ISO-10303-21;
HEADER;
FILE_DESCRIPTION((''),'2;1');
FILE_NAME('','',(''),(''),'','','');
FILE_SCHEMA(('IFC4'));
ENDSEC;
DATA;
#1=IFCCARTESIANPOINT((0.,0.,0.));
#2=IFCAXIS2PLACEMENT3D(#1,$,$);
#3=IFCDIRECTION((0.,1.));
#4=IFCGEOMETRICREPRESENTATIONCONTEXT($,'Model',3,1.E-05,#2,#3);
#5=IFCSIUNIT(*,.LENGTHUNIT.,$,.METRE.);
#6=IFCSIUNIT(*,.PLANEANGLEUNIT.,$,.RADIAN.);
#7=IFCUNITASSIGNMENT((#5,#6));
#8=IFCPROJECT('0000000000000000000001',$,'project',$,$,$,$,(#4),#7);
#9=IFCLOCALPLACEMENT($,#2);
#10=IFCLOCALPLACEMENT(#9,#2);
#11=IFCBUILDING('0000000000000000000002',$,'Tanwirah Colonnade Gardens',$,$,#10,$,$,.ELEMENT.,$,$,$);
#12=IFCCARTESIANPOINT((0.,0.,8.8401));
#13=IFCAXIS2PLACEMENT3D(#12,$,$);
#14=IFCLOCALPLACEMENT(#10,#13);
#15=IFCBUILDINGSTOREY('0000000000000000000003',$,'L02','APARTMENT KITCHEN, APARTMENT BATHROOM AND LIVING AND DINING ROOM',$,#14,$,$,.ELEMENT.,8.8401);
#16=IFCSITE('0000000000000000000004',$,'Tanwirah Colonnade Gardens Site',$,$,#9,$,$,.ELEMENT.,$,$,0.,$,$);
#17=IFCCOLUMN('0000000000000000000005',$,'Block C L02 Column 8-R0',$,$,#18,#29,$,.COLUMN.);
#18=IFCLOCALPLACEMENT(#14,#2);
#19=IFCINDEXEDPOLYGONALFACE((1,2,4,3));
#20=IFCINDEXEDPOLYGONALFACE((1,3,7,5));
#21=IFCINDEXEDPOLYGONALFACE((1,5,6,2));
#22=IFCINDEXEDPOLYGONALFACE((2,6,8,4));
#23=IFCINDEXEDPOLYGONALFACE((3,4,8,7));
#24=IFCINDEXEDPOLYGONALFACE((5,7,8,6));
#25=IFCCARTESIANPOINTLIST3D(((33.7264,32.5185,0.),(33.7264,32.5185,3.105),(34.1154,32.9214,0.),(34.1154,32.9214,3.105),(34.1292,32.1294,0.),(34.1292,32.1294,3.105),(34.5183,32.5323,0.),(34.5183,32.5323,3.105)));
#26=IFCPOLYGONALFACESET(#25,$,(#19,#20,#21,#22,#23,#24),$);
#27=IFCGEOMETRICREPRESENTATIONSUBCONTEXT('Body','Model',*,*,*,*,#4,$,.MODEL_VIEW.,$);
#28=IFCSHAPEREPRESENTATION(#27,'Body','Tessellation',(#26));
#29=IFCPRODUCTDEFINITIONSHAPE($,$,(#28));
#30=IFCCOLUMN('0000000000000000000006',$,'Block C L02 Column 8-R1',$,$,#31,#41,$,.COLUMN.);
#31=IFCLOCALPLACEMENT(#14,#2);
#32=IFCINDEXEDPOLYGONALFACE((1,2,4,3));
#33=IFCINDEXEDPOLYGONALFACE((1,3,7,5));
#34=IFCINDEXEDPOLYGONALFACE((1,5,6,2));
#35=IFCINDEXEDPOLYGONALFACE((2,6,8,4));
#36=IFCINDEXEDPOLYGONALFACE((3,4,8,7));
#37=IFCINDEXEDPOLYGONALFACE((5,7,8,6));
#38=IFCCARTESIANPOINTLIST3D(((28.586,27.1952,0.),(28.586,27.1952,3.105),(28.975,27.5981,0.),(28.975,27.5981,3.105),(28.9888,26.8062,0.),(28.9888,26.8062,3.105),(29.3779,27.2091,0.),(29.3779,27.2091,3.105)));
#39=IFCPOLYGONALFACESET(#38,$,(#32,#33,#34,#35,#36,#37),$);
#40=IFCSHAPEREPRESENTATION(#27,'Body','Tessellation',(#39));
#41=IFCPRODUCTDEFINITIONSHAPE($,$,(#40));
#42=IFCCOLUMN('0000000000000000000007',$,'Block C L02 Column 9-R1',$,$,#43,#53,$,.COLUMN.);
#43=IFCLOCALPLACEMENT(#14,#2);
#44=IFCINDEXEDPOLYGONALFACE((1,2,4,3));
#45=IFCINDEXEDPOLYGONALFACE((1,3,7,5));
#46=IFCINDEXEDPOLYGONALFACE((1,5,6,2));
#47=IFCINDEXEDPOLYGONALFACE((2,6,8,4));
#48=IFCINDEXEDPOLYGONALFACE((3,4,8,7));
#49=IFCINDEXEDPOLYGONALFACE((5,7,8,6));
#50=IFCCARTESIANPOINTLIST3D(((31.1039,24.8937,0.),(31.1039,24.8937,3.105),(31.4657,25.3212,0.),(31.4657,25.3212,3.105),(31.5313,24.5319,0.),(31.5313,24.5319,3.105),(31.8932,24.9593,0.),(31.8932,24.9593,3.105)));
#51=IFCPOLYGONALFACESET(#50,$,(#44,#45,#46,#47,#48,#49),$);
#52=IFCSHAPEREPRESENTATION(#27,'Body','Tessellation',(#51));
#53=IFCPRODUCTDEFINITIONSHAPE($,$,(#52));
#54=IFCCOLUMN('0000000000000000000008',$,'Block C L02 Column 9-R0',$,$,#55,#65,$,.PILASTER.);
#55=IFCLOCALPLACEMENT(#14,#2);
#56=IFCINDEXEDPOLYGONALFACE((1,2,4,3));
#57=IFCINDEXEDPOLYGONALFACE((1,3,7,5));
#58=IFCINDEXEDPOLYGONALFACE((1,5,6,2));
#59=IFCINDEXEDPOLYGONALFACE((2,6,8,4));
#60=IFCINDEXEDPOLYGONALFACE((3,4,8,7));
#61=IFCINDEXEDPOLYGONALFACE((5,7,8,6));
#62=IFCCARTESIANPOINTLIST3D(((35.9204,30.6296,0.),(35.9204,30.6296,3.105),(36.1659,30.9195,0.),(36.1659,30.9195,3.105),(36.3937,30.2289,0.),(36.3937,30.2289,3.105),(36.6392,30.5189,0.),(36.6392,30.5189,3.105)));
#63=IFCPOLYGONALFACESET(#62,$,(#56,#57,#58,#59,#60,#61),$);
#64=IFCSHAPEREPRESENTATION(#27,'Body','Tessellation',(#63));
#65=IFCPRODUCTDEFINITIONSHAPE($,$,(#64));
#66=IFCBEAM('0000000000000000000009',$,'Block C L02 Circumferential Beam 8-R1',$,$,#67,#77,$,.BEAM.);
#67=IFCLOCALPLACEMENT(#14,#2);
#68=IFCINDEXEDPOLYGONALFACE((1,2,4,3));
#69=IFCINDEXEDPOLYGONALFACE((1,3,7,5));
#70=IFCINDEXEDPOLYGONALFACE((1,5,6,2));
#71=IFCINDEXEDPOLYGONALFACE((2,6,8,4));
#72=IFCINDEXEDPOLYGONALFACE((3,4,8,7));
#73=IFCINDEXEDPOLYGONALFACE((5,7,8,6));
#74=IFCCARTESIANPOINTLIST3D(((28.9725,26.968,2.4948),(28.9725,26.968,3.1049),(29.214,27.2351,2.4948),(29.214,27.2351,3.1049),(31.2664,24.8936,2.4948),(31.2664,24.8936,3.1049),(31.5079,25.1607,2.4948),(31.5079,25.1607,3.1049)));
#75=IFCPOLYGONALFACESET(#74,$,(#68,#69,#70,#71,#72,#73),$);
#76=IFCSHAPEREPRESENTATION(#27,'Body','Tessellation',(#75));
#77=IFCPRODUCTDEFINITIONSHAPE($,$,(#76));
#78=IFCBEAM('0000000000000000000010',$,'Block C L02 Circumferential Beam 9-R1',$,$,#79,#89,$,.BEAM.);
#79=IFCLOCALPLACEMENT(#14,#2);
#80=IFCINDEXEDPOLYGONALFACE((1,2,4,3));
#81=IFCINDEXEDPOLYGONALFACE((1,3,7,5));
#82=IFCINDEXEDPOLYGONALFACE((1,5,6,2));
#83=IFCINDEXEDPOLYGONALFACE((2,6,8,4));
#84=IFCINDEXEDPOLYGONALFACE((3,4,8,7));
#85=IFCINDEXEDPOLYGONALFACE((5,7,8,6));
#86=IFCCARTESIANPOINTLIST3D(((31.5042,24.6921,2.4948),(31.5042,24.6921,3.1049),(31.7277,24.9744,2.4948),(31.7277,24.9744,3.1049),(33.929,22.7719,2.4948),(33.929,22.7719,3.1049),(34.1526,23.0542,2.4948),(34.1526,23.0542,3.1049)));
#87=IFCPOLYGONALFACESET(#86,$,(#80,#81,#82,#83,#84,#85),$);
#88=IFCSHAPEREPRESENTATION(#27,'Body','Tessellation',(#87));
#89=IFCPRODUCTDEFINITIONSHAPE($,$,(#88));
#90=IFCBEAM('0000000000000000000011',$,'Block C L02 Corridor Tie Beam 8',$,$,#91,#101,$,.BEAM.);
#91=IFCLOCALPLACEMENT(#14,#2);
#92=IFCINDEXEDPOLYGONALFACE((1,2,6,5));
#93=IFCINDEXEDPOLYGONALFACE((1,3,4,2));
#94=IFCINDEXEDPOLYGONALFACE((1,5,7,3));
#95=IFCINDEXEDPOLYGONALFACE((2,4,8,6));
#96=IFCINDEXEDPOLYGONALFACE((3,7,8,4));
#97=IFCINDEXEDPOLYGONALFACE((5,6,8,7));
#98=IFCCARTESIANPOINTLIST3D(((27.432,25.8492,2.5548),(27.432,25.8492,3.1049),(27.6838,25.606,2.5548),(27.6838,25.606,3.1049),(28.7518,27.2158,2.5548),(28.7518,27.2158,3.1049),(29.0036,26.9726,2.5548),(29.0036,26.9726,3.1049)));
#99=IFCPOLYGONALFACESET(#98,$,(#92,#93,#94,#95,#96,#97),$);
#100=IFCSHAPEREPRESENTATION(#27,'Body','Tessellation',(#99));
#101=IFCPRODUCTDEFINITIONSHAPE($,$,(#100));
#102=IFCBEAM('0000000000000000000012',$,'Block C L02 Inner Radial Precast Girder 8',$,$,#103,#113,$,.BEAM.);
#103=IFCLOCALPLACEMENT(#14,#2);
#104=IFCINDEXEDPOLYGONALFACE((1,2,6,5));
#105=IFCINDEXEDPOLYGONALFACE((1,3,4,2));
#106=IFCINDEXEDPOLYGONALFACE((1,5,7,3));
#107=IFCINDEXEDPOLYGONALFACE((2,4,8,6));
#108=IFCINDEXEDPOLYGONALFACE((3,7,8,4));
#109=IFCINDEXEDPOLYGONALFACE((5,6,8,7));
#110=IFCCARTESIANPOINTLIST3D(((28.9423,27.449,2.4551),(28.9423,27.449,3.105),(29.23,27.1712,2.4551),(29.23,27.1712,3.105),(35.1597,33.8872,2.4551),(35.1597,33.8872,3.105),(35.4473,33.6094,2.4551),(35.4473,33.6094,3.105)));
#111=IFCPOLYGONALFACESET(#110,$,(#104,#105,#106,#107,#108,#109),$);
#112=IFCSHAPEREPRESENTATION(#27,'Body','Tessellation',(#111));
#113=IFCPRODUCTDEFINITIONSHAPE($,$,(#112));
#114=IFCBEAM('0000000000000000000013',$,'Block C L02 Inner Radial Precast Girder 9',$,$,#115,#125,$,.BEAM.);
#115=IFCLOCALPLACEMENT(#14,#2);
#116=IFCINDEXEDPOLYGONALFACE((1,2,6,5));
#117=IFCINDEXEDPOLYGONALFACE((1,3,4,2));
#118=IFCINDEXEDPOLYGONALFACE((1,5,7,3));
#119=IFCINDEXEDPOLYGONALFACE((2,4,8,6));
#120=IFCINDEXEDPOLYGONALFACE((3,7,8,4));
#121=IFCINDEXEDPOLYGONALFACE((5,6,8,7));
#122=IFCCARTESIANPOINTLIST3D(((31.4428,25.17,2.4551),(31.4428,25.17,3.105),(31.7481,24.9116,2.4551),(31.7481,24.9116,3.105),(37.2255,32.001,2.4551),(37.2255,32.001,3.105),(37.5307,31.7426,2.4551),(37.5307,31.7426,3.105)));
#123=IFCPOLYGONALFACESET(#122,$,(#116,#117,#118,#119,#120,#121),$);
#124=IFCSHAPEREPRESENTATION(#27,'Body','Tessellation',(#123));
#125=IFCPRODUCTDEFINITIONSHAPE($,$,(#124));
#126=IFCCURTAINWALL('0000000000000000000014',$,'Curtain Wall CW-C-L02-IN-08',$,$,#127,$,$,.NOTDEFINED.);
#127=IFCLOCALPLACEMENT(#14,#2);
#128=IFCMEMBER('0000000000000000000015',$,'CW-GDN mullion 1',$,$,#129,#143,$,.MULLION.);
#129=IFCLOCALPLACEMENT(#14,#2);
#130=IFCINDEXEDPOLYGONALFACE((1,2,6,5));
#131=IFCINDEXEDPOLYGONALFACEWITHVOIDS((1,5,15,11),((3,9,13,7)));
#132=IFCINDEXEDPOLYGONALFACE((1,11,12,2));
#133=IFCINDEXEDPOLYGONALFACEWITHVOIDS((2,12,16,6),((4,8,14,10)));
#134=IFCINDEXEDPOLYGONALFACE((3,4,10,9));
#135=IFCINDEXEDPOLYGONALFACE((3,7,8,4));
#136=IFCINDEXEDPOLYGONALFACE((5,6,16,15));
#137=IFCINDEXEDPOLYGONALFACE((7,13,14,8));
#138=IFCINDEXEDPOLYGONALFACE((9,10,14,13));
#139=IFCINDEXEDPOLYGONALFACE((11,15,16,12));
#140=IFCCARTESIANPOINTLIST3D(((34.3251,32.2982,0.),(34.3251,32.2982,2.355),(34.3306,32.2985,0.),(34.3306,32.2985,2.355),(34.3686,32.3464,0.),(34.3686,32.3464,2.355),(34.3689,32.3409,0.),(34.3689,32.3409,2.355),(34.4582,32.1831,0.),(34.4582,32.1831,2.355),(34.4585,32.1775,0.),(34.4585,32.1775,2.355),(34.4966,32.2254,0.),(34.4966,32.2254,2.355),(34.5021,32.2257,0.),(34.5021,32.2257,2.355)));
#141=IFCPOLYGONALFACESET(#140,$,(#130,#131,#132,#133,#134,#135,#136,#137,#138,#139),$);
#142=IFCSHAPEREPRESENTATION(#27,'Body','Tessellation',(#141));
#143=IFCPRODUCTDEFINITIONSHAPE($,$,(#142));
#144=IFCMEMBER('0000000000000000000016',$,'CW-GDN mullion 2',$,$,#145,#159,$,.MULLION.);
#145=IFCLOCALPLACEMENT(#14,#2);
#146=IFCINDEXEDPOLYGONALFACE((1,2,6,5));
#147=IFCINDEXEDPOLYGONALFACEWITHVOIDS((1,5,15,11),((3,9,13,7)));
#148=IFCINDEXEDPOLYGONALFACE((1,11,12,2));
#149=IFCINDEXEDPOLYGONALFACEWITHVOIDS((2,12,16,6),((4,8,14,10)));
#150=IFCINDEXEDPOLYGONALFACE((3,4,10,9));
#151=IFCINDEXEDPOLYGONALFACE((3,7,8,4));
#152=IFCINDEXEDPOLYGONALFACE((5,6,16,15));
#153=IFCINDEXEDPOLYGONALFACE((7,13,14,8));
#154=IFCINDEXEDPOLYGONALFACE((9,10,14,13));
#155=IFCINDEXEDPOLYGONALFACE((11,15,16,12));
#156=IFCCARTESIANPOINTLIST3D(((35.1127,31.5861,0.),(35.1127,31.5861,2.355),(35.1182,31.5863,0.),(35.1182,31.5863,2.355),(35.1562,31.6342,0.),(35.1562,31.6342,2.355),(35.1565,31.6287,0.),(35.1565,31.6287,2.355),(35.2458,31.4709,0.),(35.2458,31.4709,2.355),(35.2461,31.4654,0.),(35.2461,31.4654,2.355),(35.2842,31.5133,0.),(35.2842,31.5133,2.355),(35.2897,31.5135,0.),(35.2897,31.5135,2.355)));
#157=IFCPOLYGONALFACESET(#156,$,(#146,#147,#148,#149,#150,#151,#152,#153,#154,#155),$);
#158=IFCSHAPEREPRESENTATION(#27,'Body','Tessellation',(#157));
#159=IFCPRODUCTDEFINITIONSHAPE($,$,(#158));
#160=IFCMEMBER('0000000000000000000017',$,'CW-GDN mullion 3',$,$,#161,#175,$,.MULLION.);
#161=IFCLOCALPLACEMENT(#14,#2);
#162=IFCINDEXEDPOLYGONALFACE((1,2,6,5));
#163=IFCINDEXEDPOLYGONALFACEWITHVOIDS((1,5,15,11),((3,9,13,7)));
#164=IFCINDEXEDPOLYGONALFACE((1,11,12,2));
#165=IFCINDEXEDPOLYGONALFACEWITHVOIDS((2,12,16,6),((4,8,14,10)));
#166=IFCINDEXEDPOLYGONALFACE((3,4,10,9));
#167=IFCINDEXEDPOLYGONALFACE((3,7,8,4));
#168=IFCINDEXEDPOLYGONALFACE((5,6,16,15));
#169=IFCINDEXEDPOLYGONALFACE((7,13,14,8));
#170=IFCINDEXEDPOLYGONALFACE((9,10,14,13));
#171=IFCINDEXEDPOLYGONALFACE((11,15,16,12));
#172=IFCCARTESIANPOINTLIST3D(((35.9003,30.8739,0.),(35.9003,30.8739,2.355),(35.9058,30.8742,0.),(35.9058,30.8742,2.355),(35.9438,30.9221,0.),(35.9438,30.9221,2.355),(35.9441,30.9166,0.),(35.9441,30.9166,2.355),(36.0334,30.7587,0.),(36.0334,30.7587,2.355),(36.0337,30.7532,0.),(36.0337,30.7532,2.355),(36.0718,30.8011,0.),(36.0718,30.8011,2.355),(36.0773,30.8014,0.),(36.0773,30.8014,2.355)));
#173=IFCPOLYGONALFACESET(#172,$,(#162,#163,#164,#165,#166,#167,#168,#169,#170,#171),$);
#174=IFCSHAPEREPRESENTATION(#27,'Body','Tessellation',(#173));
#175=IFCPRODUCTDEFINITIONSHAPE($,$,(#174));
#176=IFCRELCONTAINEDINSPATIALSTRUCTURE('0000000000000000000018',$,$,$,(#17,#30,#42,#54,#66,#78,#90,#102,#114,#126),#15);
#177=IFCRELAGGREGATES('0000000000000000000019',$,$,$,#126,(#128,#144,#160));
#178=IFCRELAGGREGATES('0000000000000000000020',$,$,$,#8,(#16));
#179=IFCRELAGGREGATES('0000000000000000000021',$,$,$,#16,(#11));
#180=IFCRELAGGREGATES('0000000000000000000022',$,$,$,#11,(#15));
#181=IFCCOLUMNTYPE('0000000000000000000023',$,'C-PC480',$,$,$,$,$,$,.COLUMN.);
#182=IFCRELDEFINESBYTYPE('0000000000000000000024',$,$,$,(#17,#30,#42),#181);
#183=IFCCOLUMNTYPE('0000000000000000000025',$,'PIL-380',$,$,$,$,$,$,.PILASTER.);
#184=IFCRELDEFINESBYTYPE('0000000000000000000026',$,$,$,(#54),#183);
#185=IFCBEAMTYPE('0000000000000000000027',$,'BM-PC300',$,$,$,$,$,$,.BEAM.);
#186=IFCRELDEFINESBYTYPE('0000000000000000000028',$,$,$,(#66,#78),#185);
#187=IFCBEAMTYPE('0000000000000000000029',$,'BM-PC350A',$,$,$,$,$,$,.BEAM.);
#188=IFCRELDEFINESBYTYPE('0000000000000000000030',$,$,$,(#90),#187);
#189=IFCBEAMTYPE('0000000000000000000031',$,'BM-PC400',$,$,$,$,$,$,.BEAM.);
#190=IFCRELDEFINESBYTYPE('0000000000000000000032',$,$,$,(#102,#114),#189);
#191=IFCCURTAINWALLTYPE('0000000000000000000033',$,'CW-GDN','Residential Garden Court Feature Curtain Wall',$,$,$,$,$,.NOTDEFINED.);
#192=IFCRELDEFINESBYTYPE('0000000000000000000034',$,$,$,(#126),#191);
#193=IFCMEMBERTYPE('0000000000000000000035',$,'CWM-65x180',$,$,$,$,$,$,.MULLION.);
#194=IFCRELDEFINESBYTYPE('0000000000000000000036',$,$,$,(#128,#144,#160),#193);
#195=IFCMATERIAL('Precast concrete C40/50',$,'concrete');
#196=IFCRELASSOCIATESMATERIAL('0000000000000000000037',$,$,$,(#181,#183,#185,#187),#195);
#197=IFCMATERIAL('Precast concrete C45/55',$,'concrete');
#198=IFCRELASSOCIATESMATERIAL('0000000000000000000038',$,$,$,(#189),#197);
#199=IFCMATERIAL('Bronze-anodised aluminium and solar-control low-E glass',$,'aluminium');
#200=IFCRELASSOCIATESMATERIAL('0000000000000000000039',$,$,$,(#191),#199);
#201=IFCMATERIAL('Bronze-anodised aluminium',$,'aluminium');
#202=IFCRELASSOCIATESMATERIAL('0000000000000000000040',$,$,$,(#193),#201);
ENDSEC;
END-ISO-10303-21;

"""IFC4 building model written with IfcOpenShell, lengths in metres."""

from ifc_helpers import new_model, si_unit, direction, frame, origin, origin_2d, place, context, subcontext, project, spatial, rectangle, hollow_rectangle, extrude, material, material_profile, profile_set, type_object, element, aggregate, save


model = new_model("IFC4")

# Units and contexts
model_context = context("Model", 3, precision=1e-05, world=origin(), true_north=direction((0.0, 1.0)))
body_context = subcontext(model_context, "Body", "Model", "MODEL_VIEW")
ifc_project = project(units=[si_unit("LENGTHUNIT", "METRE"), si_unit("PLANEANGLEUNIT", "RADIAN")], contexts=[model_context])

# Site, building, storey
site_placement = place(None, origin())
site = spatial("IfcSite", under=ifc_project, at=site_placement, Name="Tanwirah Colonnade Gardens Site", CompositionType="ELEMENT", RefElevation=0.0)
building_placement = place(site_placement, origin())
building = spatial("IfcBuilding", under=site, at=building_placement, Name="Tanwirah Colonnade Gardens", CompositionType="ELEMENT")
storey_placement = place(building_placement, frame((0.0, 0.0, 8.8401)))
storey = spatial("IfcBuildingStorey", under=building, at=storey_placement, Name="L02", Description="APARTMENT KITCHEN, APARTMENT BATHROOM AND LIVING AND DINING ROOM", CompositionType="ELEMENT", Elevation=8.8401)

# Columns
ifc_material_1 = material(Name="Precast concrete C40/50", Category="concrete")
ifc_material_profile_1 = material_profile(ifc_material_1, rectangle(XDim=0.5601, YDim=0.5601, at=origin_2d()), Name="PC-COL 560x560")
ifc_profile_set_1 = profile_set([ifc_material_profile_1], Name="Precast concrete C40/50")
column_type_1 = type_object("IfcColumnType", Name="C-PC480", PredefinedType="COLUMN", material=ifc_profile_set_1)
for number, where, z_axis, x_axis, name in (
    (1, (34.1223, 32.5254, 0.0), (0.0, 0.0, 1.0), (-0.694658, -0.71934, 0.0), "Block C L02 Column 8-R0"),
    (2, (28.9819, 27.2021, 0.0), (0.0, 0.0, 1.0), (-0.694658, -0.71934, 0.0), "Block C L02 Column 8-R1"),
    (3, (31.4985, 24.9265, 0.0), (0.0, 0.0, 1.0), (-0.646124, -0.763232, 0.0), "Block C L02 Column 9-R1"),
):
    element("IfcColumn", number, at=place(storey_placement, frame(where, z_axis=z_axis, x_axis=x_axis)), inside=storey, type_object=column_type_1, Name=name, PredefinedType="COLUMN", context=body_context, shape_type="SweptSolid", body=[
        extrude(rectangle(XDim=0.5601, YDim=0.5601, at=origin_2d()), origin(), (0.0, 0.0, 1.0), 3.105),
    ])
ifc_material_profile_2 = material_profile(ifc_material_1, rectangle(XDim=0.3799, YDim=0.6201, at=origin_2d()), Name="PC-PIL 380x620")
ifc_profile_set_2 = profile_set([ifc_material_profile_2], Name="Precast concrete C40/50")
column_type_2 = type_object("IfcColumnType", Name="PIL-380", PredefinedType="PILASTER", material=ifc_profile_set_2)
column_placement = place(storey_placement, frame((36.2798, 30.5742, 0.0), z_axis=(0.0, 0.0, 1.0), x_axis=(-0.646124, -0.763232, 0.0)))
element("IfcColumn", 4, at=column_placement, inside=storey, type_object=column_type_2, Name="Block C L02 Column 9-R0", PredefinedType="PILASTER", context=body_context, shape_type="SweptSolid", body=[
    extrude(rectangle(XDim=0.3799, YDim=0.6201, at=origin_2d()), origin(), (0.0, 0.0, 1.0), 3.105),
])

# Beams
ifc_material_profile_3 = material_profile(ifc_material_1, rectangle(XDim=0.3601, YDim=0.6101, at=origin_2d()), Name="PC-BM 360x610")
ifc_profile_set_3 = profile_set([ifc_material_profile_3], Name="Precast concrete C40/50")
beam_type_1 = type_object("IfcBeamType", Name="BM-PC300", PredefinedType="BEAM", material=ifc_profile_set_3)
beam_1_placement = place(storey_placement, frame((29.0933, 27.1016, 2.7998), z_axis=(0.741698, -0.670733, 0.0), x_axis=(0.670733, 0.741698, 0.0)))
element("IfcBeam", 5, at=beam_1_placement, inside=storey, type_object=beam_type_1, Name="Block C L02 Circumferential Beam 8-R1", PredefinedType="BEAM", context=body_context, shape_type="SweptSolid", body=[
    extrude(rectangle(XDim=0.3601, YDim=0.6101, at=origin_2d()), origin(), (0.0, 0.0, 1.0), 3.0928),
])
beam_2_placement = place(storey_placement, frame((31.616, 24.8333, 2.7998), z_axis=(0.783963, -0.620808, 0.0), x_axis=(0.620808, 0.783963, 0.0)))
element("IfcBeam", 6, at=beam_2_placement, inside=storey, type_object=beam_type_1, Name="Block C L02 Circumferential Beam 9-R1", PredefinedType="BEAM", context=body_context, shape_type="SweptSolid", body=[
    extrude(rectangle(XDim=0.3601, YDim=0.6101, at=origin_2d()), origin(), (0.0, 0.0, 1.0), 3.093),
])
ifc_material_profile_4 = material_profile(ifc_material_1, rectangle(XDim=0.3501, YDim=0.55, at=origin_2d()), Name="PC-BM 350x550")
ifc_profile_set_4 = profile_set([ifc_material_profile_4], Name="Precast concrete C40/50")
beam_type_2 = type_object("IfcBeamType", Name="BM-PC350A", PredefinedType="BEAM", material=ifc_profile_set_4)
beam_3_placement = place(storey_placement, frame((28.8777, 27.0942, 2.8298), z_axis=(-0.694663, -0.719335, 0.0), x_axis=(0.719335, -0.694663, 0.0)))
element("IfcBeam", 7, at=beam_3_placement, inside=storey, type_object=beam_type_2, Name="Block C L02 Corridor Tie Beam 8", PredefinedType="BEAM", context=body_context, shape_type="SweptSolid", body=[
    extrude(rectangle(XDim=0.3501, YDim=0.55, at=origin_2d()), origin(), (0.0, 0.0, 1.0), 1.8999),
])
ifc_material_2 = material(Name="Precast concrete C45/55", Category="concrete")
ifc_material_profile_5 = material_profile(ifc_material_2, rectangle(XDim=0.3999, YDim=0.6499, at=origin_2d()), Name="PC-BM 400x650")
ifc_profile_set_5 = profile_set([ifc_material_profile_5], Name="Precast concrete C45/55")
beam_type_3 = type_object("IfcBeamType", Name="BM-PC400", PredefinedType="BEAM", material=ifc_profile_set_5)
beam_4_placement = place(storey_placement, frame((29.0862, 27.3101, 2.78), z_axis=(0.694656, 0.719342, 0.0), x_axis=(-0.719342, 0.694656, 0.0)))
element("IfcBeam", 8, at=beam_4_placement, inside=storey, type_object=beam_type_3, Name="Block C L02 Inner Radial Precast Girder 8", PredefinedType="BEAM", context=body_context, shape_type="SweptSolid", body=[
    extrude(rectangle(XDim=0.3999, YDim=0.6499, at=origin_2d()), origin(), (0.0, 0.0, 1.0), 8.9502),
])
beam_5_placement = place(storey_placement, frame((31.5955, 25.0408, 2.78), z_axis=(0.646111, 0.763243, 0.0), x_axis=(-0.763243, 0.646111, 0.0)))
element("IfcBeam", 9, at=beam_5_placement, inside=storey, type_object=beam_type_3, Name="Block C L02 Inner Radial Precast Girder 9", PredefinedType="BEAM", context=body_context, shape_type="SweptSolid", body=[
    extrude(rectangle(XDim=0.3999, YDim=0.6499, at=origin_2d()), origin(), (0.0, 0.0, 1.0), 8.95),
])

# Curtain wall, members
ifc_material_3 = material(Name="Bronze-anodised aluminium and solar-control low-E glass", Category="aluminium")
curtain_wall_type = type_object("IfcCurtainWallType", Name="CW-GDN", Description="Residential Garden Court Feature Curtain Wall", PredefinedType="NOTDEFINED", material=ifc_material_3)
curtain_wall_placement = place(storey_placement, origin())
curtain_wall = element("IfcCurtainWall", 10, at=curtain_wall_placement, inside=storey, type_object=curtain_wall_type, Name="Curtain Wall CW-C-L02-IN-08", PredefinedType="NOTDEFINED")
ifc_material_4 = material(Name="Bronze-anodised aluminium", Category="aluminium")
ifc_material_profile_6 = material_profile(ifc_material_4, hollow_rectangle(XDim=0.0649, YDim=0.1799, WallThickness=0.0039, at=origin_2d()), Name="CW-MUL 65x180x4")
ifc_profile_set_6 = profile_set([ifc_material_profile_6], Name="Bronze-anodised aluminium")
member_type_1 = type_object("IfcMemberType", Name="CWM-65x180", PredefinedType="MULLION", material=ifc_profile_set_6)
member_1_placement = place(storey_placement, frame((34.4136, 32.262, 0.0), z_axis=(0.0, 0.0, 1.0), x_axis=(0.670751, 0.741683, 0.0)))
member_1 = element("IfcMember", 11, at=member_1_placement, type_object=member_type_1, Name="CW-GDN mullion 1", PredefinedType="MULLION", context=body_context, shape_type="SweptSolid", body=[
    extrude(hollow_rectangle(XDim=0.0649, YDim=0.1799, WallThickness=0.0039, at=origin_2d()), origin(), (0.0, 0.0, 1.0), 2.355),
])
member_2_placement = place(storey_placement, frame((35.2012, 31.5498, 0.0), z_axis=(0.0, 0.0, 1.0), x_axis=(0.670751, 0.741683, 0.0)))
member_2 = element("IfcMember", 12, at=member_2_placement, type_object=member_type_1, Name="CW-GDN mullion 2", PredefinedType="MULLION", context=body_context, shape_type="SweptSolid", body=[
    extrude(hollow_rectangle(XDim=0.0649, YDim=0.1799, WallThickness=0.0039, at=origin_2d()), origin(), (0.0, 0.0, 1.0), 2.355),
])
member_3_placement = place(storey_placement, frame((35.9888, 30.8376, 0.0), z_axis=(0.0, 0.0, 1.0), x_axis=(0.670751, 0.741683, 0.0)))
member_3 = element("IfcMember", 13, at=member_3_placement, type_object=member_type_1, Name="CW-GDN mullion 3", PredefinedType="MULLION", context=body_context, shape_type="SweptSolid", body=[
    extrude(hollow_rectangle(XDim=0.0649, YDim=0.1799, WallThickness=0.0039, at=origin_2d()), origin(), (0.0, 0.0, 1.0), 2.355),
])

aggregate(curtain_wall, [member_1, member_2, member_3])

save(model, "model.ifc")
